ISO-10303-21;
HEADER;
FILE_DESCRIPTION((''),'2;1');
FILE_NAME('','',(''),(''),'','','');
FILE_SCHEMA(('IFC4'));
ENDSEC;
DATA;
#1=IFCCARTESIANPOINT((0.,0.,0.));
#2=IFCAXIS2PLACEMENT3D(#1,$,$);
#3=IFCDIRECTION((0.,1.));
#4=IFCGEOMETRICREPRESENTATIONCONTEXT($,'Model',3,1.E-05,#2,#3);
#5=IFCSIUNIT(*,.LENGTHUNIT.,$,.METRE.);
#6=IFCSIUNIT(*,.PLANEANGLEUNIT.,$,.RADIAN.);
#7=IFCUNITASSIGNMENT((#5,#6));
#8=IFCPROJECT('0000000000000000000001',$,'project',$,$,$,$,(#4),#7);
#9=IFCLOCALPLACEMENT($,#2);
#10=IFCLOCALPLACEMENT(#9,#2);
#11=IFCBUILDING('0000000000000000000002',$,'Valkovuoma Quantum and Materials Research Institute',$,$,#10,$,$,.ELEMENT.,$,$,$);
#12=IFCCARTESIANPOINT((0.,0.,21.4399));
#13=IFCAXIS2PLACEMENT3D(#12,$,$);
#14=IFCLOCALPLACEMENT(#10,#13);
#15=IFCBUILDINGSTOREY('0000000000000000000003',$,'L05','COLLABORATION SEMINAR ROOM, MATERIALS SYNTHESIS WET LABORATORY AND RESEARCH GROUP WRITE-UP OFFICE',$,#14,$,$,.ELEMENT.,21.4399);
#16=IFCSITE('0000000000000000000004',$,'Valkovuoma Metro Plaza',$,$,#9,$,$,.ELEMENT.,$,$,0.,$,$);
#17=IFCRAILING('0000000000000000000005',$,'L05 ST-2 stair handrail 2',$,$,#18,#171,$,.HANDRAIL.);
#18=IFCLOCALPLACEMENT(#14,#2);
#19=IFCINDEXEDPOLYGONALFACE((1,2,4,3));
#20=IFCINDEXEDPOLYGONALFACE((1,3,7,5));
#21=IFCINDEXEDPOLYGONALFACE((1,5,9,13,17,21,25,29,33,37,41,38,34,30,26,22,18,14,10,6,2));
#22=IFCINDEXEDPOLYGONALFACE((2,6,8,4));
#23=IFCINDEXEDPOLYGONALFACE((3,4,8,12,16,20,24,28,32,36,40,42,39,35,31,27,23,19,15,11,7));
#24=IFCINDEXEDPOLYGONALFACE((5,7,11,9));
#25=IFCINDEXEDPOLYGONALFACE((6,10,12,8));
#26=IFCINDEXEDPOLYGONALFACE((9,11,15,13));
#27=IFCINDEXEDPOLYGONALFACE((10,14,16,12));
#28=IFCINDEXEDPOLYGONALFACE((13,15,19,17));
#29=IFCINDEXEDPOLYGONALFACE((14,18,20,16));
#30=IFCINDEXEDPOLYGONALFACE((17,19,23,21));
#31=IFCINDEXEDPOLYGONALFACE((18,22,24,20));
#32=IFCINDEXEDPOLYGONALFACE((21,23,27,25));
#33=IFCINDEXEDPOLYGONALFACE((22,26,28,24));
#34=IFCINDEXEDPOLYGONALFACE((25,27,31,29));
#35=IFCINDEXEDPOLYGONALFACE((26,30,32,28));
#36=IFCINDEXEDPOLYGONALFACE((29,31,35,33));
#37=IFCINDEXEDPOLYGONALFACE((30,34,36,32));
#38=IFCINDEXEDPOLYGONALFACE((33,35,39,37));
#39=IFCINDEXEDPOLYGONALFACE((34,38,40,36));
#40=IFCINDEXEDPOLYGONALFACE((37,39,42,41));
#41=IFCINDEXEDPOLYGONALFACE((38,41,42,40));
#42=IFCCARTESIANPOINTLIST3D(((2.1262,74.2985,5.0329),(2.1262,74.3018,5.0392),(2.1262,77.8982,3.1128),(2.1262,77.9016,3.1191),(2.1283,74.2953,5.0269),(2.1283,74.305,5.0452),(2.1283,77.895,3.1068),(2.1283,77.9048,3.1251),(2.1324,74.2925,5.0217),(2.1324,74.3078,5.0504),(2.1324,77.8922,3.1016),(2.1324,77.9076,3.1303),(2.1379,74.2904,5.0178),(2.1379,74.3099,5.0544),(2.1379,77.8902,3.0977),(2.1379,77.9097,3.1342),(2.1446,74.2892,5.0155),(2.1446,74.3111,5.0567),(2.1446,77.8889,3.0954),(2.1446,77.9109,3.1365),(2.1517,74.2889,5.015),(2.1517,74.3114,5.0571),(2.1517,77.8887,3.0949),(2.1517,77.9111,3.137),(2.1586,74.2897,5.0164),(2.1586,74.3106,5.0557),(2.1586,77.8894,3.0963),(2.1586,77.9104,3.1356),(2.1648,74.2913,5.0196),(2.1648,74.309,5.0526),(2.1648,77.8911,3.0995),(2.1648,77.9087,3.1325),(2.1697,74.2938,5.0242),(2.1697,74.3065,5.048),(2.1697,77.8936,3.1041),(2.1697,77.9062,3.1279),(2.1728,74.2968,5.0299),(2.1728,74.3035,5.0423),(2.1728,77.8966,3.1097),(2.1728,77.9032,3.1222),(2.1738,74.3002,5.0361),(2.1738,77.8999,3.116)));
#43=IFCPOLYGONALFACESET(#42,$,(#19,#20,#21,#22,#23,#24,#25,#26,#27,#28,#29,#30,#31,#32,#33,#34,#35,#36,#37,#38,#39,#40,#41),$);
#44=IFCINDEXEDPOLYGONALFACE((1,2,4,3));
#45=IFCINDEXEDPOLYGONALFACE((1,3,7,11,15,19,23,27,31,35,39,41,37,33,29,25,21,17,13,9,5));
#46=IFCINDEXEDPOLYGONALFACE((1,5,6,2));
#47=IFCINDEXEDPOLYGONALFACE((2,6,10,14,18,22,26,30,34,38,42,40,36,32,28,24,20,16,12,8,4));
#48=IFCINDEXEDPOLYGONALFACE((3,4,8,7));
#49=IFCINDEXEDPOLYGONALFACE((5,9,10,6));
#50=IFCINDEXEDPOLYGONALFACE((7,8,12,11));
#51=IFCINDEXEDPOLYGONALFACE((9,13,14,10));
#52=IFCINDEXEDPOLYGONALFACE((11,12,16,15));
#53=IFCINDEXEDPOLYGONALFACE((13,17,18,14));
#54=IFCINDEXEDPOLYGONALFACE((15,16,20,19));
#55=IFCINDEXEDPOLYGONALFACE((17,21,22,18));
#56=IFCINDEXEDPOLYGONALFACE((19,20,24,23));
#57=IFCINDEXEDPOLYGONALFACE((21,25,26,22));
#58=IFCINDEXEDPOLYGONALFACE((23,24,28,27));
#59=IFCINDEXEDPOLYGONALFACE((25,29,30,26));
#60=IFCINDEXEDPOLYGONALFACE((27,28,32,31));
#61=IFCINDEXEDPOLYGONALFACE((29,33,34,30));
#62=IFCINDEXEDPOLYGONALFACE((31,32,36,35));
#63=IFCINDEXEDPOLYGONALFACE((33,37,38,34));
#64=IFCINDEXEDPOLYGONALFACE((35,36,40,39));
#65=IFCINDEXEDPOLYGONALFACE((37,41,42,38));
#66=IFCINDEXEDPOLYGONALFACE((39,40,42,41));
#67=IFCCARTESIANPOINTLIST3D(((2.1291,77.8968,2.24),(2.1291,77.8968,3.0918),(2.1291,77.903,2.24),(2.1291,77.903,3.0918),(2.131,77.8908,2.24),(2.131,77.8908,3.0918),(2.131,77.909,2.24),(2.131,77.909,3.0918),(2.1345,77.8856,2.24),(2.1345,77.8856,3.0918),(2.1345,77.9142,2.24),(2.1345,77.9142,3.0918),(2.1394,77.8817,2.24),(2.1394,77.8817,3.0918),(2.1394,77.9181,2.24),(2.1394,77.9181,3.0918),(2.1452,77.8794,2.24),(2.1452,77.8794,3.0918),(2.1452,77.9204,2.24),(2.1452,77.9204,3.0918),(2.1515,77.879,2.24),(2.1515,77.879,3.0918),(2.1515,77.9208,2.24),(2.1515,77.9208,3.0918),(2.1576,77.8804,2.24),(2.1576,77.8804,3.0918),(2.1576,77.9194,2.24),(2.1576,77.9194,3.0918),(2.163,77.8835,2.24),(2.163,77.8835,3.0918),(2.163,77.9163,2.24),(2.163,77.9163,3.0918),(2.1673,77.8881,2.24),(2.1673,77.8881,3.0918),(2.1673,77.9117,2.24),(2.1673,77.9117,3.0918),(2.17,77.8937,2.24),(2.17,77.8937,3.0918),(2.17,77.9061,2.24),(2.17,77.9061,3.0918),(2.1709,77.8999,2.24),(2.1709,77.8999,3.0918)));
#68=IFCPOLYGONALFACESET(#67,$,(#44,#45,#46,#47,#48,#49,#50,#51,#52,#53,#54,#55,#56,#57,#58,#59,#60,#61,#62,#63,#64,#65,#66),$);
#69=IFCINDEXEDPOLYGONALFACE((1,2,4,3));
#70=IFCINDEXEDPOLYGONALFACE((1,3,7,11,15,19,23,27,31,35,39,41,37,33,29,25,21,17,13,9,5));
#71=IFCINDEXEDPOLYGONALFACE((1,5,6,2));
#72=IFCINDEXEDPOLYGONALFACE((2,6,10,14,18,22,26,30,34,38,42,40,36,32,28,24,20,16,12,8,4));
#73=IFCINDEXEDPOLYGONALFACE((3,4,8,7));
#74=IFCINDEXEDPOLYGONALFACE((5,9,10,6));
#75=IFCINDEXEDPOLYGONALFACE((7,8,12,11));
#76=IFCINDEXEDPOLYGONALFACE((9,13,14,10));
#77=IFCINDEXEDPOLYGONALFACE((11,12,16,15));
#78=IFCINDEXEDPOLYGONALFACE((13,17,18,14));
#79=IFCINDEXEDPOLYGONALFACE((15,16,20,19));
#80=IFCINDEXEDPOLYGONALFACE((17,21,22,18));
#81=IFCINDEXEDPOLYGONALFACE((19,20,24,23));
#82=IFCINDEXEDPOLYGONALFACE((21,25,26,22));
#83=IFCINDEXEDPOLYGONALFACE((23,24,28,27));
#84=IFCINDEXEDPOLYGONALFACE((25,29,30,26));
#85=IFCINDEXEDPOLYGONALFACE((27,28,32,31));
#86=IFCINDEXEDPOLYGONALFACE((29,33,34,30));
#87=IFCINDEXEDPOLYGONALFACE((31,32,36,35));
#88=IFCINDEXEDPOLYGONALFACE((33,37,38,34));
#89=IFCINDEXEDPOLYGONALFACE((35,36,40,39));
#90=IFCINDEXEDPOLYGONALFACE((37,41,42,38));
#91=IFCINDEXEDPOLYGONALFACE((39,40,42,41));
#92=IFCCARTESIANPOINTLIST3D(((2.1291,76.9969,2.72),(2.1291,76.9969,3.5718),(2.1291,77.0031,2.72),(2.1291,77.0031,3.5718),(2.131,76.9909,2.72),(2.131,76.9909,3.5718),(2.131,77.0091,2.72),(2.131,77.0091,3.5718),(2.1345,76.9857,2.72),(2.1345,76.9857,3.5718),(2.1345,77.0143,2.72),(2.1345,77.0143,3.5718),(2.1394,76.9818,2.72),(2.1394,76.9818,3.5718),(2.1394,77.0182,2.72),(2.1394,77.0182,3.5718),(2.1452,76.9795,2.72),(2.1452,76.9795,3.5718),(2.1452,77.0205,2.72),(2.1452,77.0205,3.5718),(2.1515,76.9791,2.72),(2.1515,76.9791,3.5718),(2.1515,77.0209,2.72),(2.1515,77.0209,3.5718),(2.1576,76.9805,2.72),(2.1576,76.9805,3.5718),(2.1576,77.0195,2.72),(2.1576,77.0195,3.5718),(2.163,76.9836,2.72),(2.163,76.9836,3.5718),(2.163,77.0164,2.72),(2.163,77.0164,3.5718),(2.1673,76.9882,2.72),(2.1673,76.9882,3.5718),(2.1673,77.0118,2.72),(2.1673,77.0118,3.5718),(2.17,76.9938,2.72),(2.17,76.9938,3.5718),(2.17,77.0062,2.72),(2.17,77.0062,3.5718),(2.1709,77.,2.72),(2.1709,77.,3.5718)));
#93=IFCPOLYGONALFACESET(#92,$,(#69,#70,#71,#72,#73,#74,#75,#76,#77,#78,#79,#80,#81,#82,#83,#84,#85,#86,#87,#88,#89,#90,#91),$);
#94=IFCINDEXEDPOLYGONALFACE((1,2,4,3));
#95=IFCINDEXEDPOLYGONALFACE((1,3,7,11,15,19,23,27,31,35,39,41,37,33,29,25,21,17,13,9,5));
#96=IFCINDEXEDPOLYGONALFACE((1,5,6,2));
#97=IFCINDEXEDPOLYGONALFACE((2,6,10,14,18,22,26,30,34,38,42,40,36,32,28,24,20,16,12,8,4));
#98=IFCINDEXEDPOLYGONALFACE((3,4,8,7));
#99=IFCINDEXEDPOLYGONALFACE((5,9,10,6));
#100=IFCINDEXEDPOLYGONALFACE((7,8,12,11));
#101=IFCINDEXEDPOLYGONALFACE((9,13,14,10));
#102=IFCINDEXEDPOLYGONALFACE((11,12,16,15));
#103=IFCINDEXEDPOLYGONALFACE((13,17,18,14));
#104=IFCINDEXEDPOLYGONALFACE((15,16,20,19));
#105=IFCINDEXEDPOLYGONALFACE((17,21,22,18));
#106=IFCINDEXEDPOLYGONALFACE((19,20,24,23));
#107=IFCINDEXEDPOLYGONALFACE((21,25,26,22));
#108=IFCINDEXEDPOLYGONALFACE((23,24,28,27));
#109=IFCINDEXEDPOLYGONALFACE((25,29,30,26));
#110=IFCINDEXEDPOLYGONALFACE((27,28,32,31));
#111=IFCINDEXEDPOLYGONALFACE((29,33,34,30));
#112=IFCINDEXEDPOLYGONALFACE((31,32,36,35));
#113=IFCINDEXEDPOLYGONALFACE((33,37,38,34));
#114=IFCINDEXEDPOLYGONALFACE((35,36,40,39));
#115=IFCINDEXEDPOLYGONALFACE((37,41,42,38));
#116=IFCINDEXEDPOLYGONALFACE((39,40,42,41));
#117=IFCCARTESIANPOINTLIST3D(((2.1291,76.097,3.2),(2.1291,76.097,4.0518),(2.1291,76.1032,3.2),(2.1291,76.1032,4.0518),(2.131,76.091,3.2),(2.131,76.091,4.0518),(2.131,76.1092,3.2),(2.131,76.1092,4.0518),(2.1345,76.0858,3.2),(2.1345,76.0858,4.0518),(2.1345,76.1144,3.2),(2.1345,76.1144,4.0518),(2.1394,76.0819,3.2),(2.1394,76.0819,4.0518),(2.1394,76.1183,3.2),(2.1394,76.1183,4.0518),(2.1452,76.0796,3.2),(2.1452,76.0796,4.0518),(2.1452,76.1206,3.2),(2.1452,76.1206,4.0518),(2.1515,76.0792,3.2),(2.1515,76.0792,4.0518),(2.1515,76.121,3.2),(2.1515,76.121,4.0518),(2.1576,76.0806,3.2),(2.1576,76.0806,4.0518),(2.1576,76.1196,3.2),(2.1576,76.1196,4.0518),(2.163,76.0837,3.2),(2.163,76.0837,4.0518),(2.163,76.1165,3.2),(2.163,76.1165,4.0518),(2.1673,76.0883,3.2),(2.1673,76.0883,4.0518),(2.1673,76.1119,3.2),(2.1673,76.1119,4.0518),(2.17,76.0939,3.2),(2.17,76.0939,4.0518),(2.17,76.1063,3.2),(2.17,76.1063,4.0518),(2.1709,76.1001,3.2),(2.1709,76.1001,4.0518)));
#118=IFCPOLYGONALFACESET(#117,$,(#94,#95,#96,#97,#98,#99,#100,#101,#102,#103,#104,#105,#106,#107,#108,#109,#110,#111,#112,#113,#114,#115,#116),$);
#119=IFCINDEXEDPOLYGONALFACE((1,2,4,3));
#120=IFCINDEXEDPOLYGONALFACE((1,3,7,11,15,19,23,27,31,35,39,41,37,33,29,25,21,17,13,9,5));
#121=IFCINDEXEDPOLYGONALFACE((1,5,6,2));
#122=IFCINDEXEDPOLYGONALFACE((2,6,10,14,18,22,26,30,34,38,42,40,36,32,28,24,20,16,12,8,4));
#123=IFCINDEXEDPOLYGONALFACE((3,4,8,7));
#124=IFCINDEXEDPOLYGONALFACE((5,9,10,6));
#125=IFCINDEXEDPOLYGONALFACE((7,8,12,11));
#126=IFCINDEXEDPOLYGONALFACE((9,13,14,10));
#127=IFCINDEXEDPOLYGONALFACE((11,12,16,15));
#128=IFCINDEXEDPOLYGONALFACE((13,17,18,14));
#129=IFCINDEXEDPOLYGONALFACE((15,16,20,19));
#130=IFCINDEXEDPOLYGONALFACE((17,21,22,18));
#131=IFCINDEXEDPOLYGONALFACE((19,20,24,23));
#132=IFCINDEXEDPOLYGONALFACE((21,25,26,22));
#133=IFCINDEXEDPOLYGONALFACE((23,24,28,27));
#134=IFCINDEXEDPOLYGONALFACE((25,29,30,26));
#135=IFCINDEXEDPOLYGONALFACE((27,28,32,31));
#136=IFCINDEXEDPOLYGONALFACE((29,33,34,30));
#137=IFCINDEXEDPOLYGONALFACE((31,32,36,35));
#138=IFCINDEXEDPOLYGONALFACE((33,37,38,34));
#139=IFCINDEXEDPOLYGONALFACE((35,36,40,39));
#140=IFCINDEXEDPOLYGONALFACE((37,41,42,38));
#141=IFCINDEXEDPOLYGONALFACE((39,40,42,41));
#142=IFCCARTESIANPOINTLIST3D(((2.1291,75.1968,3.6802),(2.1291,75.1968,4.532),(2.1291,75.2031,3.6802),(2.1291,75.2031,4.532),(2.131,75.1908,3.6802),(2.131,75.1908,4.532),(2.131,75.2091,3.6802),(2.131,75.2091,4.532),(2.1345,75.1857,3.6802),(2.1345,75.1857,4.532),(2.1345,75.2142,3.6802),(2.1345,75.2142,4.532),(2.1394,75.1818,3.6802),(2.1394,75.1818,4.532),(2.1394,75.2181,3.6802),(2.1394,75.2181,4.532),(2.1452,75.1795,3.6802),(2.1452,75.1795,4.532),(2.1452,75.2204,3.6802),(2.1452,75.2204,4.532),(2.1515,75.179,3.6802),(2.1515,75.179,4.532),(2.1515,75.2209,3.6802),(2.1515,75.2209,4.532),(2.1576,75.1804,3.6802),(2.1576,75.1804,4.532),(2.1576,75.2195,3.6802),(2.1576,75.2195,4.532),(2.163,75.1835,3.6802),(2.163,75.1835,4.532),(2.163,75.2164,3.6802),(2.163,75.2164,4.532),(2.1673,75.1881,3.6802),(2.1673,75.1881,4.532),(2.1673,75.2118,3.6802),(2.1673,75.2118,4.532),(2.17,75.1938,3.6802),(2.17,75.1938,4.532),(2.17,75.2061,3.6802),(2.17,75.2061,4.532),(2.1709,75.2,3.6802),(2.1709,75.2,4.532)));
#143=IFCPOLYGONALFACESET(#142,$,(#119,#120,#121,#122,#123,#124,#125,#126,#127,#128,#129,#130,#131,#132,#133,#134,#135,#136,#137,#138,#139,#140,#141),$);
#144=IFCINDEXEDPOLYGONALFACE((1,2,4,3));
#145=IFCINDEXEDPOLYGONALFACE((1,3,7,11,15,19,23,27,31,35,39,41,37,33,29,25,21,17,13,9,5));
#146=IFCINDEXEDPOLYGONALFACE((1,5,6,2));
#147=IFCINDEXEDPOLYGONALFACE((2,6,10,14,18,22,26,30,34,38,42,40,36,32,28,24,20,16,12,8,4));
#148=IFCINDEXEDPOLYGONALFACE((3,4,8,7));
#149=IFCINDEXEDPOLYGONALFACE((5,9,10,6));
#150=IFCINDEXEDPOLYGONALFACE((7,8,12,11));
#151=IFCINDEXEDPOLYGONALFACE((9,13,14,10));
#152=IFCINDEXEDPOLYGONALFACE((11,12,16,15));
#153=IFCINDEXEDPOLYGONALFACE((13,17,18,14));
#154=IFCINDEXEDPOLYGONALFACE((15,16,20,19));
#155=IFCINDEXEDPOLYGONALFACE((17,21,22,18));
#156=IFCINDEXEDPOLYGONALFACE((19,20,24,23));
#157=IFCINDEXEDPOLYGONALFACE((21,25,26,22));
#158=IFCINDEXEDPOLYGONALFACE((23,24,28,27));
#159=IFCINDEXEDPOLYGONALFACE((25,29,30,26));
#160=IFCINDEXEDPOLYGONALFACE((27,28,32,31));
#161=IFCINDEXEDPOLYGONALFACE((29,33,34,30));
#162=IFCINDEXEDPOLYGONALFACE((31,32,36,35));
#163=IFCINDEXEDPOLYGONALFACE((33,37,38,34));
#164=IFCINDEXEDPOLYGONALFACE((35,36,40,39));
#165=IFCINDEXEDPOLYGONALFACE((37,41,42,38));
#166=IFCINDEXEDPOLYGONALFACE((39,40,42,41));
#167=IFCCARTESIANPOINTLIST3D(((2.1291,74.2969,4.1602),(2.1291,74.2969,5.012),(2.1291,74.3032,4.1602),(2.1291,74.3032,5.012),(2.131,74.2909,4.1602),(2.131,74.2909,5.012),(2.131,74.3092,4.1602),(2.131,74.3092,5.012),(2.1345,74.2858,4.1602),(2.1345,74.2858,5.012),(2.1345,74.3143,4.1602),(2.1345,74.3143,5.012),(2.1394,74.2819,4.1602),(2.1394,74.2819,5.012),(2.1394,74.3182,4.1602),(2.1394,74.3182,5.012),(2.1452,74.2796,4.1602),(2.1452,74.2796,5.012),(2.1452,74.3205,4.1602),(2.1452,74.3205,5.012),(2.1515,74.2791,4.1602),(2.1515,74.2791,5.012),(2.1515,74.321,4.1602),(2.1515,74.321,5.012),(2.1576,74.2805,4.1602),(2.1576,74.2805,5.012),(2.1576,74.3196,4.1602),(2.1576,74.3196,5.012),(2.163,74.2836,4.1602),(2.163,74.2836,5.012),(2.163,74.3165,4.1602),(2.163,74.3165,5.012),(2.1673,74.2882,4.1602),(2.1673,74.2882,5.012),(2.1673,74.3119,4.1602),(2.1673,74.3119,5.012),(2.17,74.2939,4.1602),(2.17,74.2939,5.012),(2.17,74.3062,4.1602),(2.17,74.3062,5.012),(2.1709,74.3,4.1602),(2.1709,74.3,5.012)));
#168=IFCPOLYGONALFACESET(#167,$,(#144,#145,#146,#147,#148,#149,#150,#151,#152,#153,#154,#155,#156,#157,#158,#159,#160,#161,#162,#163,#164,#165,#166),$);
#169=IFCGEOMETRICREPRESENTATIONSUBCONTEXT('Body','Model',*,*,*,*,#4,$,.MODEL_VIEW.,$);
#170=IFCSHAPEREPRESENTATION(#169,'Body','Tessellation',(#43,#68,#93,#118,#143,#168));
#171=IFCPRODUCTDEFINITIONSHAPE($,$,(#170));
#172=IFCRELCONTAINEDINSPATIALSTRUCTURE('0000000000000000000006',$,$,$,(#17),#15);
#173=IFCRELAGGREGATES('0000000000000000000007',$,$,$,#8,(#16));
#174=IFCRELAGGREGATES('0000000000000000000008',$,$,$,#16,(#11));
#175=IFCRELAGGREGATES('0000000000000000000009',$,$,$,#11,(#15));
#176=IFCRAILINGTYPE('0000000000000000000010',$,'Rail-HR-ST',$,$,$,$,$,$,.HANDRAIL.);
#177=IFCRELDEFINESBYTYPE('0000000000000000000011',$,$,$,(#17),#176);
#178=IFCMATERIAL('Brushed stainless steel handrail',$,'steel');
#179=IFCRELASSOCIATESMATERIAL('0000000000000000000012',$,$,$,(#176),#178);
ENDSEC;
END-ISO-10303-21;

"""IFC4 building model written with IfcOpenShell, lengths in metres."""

from ifc_helpers import new_model, si_unit, direction, frame, origin, origin_2d, place, context, subcontext, project, spatial, circle, extrude, material, type_object, element, save


model = new_model("IFC4")

# Units and contexts
model_context = context("Model", 3, precision=1e-05, world=origin(), true_north=direction((0.0, 1.0)))
body_context = subcontext(model_context, "Body", "Model", "MODEL_VIEW")
ifc_project = project(units=[si_unit("LENGTHUNIT", "METRE"), si_unit("PLANEANGLEUNIT", "RADIAN")], contexts=[model_context])

# Site, building, storey
site_placement = place(None, origin())
site = spatial("IfcSite", under=ifc_project, at=site_placement, Name="Valkovuoma Metro Plaza", CompositionType="ELEMENT", RefElevation=0.0)
building_placement = place(site_placement, origin())
building = spatial("IfcBuilding", under=site, at=building_placement, Name="Valkovuoma Quantum and Materials Research Institute", CompositionType="ELEMENT")
storey_placement = place(building_placement, frame((0.0, 0.0, 21.4399)))
storey = spatial("IfcBuildingStorey", under=building, at=storey_placement, Name="L05", Description="COLLABORATION SEMINAR ROOM, MATERIALS SYNTHESIS WET LABORATORY AND RESEARCH GROUP WRITE-UP OFFICE", CompositionType="ELEMENT", Elevation=21.4399)

# Railing
ifc_material_1 = material(Name="Brushed stainless steel handrail", Category="steel")
railing_type_1 = type_object("IfcRailingType", Name="Rail-HR-ST", PredefinedType="HANDRAIL", material=ifc_material_1)
railing_1_placement = place(storey_placement, frame((2.1499, 77.8999, 2.24)))
element("IfcRailing", 1, at=railing_1_placement, inside=storey, type_object=railing_type_1, Name="L05 ST-2 stair handrail 2", PredefinedType="HANDRAIL", context=body_context, shape_type="SweptSolid", body=[
    extrude(circle(Radius=0.0239, at=origin_2d()), frame((0.0, 0.0, 0.876), z_axis=(0.0, -0.882328, 0.470635), x_axis=(1.0, 0.0, 0.0)), (0.0, 0.0, 1.0), 4.0798),
    extrude(circle(Radius=0.021, at=origin_2d()), origin(), (0.0, 0.0, 1.0), 0.8518),
    extrude(circle(Radius=0.021, at=origin_2d()), frame((0.0, -0.8999, 0.48)), (0.0, 0.0, 1.0), 0.8518),
    extrude(circle(Radius=0.021, at=origin_2d()), frame((0.0, -1.7998, 0.96)), (0.0, 0.0, 1.0), 0.8518),
    extrude(circle(Radius=0.021, at=origin_2d()), frame((0.0, -2.7, 1.4402)), (0.0, 0.0, 1.0), 0.8518),
    extrude(circle(Radius=0.021, at=origin_2d()), frame((0.0, -3.5999, 1.9202)), (0.0, 0.0, 1.0), 0.8518),
])

save(model, "model.ifc")
